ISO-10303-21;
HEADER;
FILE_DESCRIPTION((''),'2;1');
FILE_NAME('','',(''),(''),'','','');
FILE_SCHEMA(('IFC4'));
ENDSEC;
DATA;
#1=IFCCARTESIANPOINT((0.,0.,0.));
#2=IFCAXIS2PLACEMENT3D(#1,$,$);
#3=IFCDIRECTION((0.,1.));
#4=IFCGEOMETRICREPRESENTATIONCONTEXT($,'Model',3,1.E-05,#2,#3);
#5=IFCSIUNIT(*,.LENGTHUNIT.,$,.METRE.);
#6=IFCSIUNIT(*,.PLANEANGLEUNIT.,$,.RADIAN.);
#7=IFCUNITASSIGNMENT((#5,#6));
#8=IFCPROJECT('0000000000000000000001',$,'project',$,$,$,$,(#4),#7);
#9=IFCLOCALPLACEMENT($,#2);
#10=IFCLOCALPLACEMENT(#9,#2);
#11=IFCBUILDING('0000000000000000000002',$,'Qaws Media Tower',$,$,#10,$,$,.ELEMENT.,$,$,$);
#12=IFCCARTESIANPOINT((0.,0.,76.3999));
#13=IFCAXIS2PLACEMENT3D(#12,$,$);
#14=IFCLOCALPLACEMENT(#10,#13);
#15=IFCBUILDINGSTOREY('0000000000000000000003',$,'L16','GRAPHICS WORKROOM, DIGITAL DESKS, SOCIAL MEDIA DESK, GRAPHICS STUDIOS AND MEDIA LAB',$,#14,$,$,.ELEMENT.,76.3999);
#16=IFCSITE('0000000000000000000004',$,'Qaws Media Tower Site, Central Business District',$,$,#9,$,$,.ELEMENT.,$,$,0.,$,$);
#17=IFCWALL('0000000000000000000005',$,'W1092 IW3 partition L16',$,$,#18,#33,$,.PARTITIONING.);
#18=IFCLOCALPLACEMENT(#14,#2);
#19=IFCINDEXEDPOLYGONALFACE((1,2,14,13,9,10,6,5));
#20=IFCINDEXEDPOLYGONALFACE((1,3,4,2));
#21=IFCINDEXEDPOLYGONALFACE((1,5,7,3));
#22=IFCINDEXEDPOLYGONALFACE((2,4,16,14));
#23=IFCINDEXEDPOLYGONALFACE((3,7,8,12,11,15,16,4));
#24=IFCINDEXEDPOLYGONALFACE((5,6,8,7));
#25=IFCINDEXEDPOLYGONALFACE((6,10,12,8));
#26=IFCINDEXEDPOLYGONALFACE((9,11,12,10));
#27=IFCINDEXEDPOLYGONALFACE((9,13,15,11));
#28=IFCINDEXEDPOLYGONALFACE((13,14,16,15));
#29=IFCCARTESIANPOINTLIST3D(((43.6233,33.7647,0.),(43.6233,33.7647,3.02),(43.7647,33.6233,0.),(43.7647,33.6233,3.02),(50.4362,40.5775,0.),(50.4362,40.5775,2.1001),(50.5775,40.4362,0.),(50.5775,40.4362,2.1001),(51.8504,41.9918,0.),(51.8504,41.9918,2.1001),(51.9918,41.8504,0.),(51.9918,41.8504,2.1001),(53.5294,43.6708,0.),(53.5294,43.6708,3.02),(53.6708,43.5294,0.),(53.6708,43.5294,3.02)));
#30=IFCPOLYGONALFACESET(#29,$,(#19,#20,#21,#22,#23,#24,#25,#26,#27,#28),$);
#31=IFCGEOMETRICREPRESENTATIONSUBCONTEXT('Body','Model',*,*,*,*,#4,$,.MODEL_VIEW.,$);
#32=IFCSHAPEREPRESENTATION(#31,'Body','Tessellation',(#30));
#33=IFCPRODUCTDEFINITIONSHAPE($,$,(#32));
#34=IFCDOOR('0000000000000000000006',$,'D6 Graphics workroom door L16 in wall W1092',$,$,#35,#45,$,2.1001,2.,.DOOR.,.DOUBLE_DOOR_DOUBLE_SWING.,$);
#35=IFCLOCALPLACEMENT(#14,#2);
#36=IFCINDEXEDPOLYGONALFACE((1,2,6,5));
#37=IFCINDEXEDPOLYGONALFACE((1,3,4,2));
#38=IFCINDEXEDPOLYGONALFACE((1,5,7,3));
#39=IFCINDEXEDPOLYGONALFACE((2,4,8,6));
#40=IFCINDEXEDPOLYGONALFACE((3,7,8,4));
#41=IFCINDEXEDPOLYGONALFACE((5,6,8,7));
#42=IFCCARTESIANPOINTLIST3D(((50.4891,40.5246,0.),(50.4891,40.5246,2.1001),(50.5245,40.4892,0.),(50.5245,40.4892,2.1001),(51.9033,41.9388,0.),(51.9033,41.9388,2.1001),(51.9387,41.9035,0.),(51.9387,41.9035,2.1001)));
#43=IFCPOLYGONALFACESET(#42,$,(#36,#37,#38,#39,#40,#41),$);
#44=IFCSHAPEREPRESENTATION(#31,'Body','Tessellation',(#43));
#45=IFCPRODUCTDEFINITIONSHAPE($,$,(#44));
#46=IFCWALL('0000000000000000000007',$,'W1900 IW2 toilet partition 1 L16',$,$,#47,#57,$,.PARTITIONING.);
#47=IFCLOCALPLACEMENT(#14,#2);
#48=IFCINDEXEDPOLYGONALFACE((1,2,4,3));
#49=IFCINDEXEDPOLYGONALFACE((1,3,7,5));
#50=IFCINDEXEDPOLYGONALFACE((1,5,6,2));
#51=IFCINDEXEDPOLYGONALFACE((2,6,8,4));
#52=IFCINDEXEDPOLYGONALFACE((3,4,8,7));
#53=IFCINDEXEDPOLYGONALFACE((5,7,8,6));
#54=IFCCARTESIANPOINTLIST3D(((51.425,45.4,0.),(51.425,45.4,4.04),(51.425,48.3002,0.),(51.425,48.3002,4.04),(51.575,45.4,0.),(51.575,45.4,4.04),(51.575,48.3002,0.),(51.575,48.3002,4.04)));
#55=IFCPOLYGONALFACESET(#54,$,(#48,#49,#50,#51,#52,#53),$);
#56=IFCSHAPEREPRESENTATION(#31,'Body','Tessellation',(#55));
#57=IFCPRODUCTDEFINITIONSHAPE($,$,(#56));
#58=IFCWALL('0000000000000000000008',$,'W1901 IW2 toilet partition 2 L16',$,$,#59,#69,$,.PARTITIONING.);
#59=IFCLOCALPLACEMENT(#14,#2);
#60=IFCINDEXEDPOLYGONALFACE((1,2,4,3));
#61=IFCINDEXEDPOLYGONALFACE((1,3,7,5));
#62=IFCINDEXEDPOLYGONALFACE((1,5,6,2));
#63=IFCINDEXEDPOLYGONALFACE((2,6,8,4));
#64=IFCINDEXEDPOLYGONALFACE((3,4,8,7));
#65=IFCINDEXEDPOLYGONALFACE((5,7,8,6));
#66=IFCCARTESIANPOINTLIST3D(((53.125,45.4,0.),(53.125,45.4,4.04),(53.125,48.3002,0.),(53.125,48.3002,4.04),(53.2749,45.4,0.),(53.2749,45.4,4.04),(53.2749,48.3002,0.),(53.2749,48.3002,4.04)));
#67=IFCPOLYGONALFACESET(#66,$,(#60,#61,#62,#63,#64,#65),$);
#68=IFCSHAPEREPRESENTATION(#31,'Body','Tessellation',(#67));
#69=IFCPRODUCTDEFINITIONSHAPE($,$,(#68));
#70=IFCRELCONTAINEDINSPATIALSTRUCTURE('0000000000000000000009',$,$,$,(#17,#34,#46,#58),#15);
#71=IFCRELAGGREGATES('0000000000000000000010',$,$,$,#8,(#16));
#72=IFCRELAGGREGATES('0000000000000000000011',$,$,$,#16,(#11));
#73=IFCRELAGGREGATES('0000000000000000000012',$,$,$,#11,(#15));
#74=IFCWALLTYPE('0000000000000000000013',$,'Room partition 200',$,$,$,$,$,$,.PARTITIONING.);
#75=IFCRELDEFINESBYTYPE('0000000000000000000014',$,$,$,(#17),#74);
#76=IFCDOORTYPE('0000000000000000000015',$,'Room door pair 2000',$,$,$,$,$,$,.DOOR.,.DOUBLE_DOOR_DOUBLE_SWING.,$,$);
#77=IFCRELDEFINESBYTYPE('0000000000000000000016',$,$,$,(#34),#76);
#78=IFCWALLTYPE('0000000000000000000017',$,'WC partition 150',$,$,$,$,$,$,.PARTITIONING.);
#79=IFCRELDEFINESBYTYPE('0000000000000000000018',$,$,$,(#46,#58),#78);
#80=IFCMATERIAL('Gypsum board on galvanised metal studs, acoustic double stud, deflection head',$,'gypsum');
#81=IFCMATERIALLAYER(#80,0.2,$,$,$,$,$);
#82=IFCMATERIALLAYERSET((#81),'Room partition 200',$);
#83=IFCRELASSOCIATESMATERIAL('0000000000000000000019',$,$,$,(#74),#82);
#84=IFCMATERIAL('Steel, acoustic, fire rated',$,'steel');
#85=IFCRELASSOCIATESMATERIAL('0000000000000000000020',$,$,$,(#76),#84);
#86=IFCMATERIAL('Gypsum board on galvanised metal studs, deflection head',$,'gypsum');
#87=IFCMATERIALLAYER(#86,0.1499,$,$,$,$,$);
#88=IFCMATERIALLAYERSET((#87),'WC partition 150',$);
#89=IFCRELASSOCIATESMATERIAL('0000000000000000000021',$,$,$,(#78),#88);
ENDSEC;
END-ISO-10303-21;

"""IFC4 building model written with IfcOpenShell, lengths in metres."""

from ifc_helpers import new_model, si_unit, direction, frame, frame_2d, origin, place, context, subcontext, project, spatial, rectangle, extrude, material, layer, layer_set, type_object, element, fill, save


model = new_model("IFC4")

# Units and contexts
model_context = context("Model", 3, precision=1e-05, world=origin(), true_north=direction((0.0, 1.0)))
body_context = subcontext(model_context, "Body", "Model", "MODEL_VIEW")
ifc_project = project(units=[si_unit("LENGTHUNIT", "METRE"), si_unit("PLANEANGLEUNIT", "RADIAN")], contexts=[model_context])

# Site, building, storey
site_placement = place(None, origin())
site = spatial("IfcSite", under=ifc_project, at=site_placement, Name="Qaws Media Tower Site, Central Business District", CompositionType="ELEMENT", RefElevation=0.0)
building_placement = place(site_placement, origin())
building = spatial("IfcBuilding", under=site, at=building_placement, Name="Qaws Media Tower", CompositionType="ELEMENT")
storey_placement = place(building_placement, frame((0.0, 0.0, 76.3999)))
storey = spatial("IfcBuildingStorey", under=building, at=storey_placement, Name="L16", Description="GRAPHICS WORKROOM, DIGITAL DESKS, SOCIAL MEDIA DESK, GRAPHICS STUDIOS AND MEDIA LAB", CompositionType="ELEMENT", Elevation=76.3999)

# Wall, opening, door
ifc_material_1 = material(Name="Gypsum board on galvanised metal studs, acoustic double stud, deflection head", Category="gypsum")
ifc_layer_1 = layer(ifc_material_1, 0.2)
ifc_layer_set_1 = layer_set([ifc_layer_1], Name="Room partition 200")
wall_type_1 = type_object("IfcWallType", Name="Room partition 200", PredefinedType="PARTITIONING", material=ifc_layer_set_1)
wall_1_placement = place(storey_placement, frame((53.6001, 43.6001, 0.0), z_axis=(0.0, 0.0, 1.0), x_axis=(-0.707107, -0.707107, 0.0)))
wall_1 = element("IfcWall", 1, at=wall_1_placement, inside=storey, type_object=wall_type_1, Name="W1092 IW3 partition L16", PredefinedType="PARTITIONING", context=body_context, shape_type="SweptSolid", body=[
    extrude(rectangle(XDim=14.0093, YDim=0.2, at=frame_2d((7.0046, 0.0))), origin(), (0.0, 0.0, 1.0), 3.02),
])
opening_1_placement = place(wall_1_placement, frame((2.3745, 0.0, 0.0)))
opening_1 = element("IfcOpeningElement", 2, at=opening_1_placement, cuts=wall_1, PredefinedType="OPENING", context=body_context, shape_type="SweptSolid", body=[
    extrude(rectangle(XDim=2.0, YDim=2.1001, at=frame_2d((1.0, 1.05))), frame((0.0, 0.1099, 0.0), z_axis=(0.0, -1.0, 0.0), x_axis=(1.0, 0.0, 0.0)), (0.0, 0.0, 1.0), 0.22),
])
ifc_material_2 = material(Name="Steel, acoustic, fire rated", Category="steel")
door_type_1 = type_object("IfcDoorType", Name="Room door pair 2000", OperationType="DOUBLE_DOOR_DOUBLE_SWING", PredefinedType="DOOR", material=ifc_material_2)
door_1_placement = place(opening_1_placement, origin())
door_1 = element("IfcDoor", 3, at=door_1_placement, inside=storey, type_object=door_type_1, Name="D6 Graphics workroom door L16 in wall W1092", OperationType="DOUBLE_DOOR_DOUBLE_SWING", OverallHeight=2.1001, OverallWidth=2.0, PredefinedType="DOOR", context=body_context, shape_type="SweptSolid", body=[
    extrude(rectangle(XDim=2.0, YDim=2.1001, at=frame_2d((1.0, 1.05))), frame((0.0, 0.0249, 0.0), z_axis=(0.0, -1.0, 0.0), x_axis=(1.0, 0.0, 0.0)), (0.0, 0.0, 1.0), 0.05),
])
fill(opening_1, door_1)

# Walls
ifc_material_3 = material(Name="Gypsum board on galvanised metal studs, deflection head", Category="gypsum")
ifc_layer_2 = layer(ifc_material_3, 0.1499)
ifc_layer_set_2 = layer_set([ifc_layer_2], Name="WC partition 150")
wall_type_2 = type_object("IfcWallType", Name="WC partition 150", PredefinedType="PARTITIONING", material=ifc_layer_set_2)
for number, where, z_axis, x_axis, name in (
    (4, (51.5, 45.3999, 0.0), (0.0, 0.0, 1.0), (0.0, 1.0, 0.0), "W1900 IW2 toilet partition 1 L16"),
    (5, (53.2, 45.3999, 0.0), (0.0, 0.0, 1.0), (0.0, 1.0, 0.0), "W1901 IW2 toilet partition 2 L16"),
):
    element("IfcWall", number, at=place(storey_placement, frame(where, z_axis=z_axis, x_axis=x_axis)), inside=storey, type_object=wall_type_2, Name=name, PredefinedType="PARTITIONING", context=body_context, shape_type="SweptSolid", body=[
        extrude(rectangle(XDim=2.9001, YDim=0.1499, at=frame_2d((1.4502, 0.0))), origin(), (0.0, 0.0, 1.0), 4.04),
    ])

save(model, "model.ifc")
